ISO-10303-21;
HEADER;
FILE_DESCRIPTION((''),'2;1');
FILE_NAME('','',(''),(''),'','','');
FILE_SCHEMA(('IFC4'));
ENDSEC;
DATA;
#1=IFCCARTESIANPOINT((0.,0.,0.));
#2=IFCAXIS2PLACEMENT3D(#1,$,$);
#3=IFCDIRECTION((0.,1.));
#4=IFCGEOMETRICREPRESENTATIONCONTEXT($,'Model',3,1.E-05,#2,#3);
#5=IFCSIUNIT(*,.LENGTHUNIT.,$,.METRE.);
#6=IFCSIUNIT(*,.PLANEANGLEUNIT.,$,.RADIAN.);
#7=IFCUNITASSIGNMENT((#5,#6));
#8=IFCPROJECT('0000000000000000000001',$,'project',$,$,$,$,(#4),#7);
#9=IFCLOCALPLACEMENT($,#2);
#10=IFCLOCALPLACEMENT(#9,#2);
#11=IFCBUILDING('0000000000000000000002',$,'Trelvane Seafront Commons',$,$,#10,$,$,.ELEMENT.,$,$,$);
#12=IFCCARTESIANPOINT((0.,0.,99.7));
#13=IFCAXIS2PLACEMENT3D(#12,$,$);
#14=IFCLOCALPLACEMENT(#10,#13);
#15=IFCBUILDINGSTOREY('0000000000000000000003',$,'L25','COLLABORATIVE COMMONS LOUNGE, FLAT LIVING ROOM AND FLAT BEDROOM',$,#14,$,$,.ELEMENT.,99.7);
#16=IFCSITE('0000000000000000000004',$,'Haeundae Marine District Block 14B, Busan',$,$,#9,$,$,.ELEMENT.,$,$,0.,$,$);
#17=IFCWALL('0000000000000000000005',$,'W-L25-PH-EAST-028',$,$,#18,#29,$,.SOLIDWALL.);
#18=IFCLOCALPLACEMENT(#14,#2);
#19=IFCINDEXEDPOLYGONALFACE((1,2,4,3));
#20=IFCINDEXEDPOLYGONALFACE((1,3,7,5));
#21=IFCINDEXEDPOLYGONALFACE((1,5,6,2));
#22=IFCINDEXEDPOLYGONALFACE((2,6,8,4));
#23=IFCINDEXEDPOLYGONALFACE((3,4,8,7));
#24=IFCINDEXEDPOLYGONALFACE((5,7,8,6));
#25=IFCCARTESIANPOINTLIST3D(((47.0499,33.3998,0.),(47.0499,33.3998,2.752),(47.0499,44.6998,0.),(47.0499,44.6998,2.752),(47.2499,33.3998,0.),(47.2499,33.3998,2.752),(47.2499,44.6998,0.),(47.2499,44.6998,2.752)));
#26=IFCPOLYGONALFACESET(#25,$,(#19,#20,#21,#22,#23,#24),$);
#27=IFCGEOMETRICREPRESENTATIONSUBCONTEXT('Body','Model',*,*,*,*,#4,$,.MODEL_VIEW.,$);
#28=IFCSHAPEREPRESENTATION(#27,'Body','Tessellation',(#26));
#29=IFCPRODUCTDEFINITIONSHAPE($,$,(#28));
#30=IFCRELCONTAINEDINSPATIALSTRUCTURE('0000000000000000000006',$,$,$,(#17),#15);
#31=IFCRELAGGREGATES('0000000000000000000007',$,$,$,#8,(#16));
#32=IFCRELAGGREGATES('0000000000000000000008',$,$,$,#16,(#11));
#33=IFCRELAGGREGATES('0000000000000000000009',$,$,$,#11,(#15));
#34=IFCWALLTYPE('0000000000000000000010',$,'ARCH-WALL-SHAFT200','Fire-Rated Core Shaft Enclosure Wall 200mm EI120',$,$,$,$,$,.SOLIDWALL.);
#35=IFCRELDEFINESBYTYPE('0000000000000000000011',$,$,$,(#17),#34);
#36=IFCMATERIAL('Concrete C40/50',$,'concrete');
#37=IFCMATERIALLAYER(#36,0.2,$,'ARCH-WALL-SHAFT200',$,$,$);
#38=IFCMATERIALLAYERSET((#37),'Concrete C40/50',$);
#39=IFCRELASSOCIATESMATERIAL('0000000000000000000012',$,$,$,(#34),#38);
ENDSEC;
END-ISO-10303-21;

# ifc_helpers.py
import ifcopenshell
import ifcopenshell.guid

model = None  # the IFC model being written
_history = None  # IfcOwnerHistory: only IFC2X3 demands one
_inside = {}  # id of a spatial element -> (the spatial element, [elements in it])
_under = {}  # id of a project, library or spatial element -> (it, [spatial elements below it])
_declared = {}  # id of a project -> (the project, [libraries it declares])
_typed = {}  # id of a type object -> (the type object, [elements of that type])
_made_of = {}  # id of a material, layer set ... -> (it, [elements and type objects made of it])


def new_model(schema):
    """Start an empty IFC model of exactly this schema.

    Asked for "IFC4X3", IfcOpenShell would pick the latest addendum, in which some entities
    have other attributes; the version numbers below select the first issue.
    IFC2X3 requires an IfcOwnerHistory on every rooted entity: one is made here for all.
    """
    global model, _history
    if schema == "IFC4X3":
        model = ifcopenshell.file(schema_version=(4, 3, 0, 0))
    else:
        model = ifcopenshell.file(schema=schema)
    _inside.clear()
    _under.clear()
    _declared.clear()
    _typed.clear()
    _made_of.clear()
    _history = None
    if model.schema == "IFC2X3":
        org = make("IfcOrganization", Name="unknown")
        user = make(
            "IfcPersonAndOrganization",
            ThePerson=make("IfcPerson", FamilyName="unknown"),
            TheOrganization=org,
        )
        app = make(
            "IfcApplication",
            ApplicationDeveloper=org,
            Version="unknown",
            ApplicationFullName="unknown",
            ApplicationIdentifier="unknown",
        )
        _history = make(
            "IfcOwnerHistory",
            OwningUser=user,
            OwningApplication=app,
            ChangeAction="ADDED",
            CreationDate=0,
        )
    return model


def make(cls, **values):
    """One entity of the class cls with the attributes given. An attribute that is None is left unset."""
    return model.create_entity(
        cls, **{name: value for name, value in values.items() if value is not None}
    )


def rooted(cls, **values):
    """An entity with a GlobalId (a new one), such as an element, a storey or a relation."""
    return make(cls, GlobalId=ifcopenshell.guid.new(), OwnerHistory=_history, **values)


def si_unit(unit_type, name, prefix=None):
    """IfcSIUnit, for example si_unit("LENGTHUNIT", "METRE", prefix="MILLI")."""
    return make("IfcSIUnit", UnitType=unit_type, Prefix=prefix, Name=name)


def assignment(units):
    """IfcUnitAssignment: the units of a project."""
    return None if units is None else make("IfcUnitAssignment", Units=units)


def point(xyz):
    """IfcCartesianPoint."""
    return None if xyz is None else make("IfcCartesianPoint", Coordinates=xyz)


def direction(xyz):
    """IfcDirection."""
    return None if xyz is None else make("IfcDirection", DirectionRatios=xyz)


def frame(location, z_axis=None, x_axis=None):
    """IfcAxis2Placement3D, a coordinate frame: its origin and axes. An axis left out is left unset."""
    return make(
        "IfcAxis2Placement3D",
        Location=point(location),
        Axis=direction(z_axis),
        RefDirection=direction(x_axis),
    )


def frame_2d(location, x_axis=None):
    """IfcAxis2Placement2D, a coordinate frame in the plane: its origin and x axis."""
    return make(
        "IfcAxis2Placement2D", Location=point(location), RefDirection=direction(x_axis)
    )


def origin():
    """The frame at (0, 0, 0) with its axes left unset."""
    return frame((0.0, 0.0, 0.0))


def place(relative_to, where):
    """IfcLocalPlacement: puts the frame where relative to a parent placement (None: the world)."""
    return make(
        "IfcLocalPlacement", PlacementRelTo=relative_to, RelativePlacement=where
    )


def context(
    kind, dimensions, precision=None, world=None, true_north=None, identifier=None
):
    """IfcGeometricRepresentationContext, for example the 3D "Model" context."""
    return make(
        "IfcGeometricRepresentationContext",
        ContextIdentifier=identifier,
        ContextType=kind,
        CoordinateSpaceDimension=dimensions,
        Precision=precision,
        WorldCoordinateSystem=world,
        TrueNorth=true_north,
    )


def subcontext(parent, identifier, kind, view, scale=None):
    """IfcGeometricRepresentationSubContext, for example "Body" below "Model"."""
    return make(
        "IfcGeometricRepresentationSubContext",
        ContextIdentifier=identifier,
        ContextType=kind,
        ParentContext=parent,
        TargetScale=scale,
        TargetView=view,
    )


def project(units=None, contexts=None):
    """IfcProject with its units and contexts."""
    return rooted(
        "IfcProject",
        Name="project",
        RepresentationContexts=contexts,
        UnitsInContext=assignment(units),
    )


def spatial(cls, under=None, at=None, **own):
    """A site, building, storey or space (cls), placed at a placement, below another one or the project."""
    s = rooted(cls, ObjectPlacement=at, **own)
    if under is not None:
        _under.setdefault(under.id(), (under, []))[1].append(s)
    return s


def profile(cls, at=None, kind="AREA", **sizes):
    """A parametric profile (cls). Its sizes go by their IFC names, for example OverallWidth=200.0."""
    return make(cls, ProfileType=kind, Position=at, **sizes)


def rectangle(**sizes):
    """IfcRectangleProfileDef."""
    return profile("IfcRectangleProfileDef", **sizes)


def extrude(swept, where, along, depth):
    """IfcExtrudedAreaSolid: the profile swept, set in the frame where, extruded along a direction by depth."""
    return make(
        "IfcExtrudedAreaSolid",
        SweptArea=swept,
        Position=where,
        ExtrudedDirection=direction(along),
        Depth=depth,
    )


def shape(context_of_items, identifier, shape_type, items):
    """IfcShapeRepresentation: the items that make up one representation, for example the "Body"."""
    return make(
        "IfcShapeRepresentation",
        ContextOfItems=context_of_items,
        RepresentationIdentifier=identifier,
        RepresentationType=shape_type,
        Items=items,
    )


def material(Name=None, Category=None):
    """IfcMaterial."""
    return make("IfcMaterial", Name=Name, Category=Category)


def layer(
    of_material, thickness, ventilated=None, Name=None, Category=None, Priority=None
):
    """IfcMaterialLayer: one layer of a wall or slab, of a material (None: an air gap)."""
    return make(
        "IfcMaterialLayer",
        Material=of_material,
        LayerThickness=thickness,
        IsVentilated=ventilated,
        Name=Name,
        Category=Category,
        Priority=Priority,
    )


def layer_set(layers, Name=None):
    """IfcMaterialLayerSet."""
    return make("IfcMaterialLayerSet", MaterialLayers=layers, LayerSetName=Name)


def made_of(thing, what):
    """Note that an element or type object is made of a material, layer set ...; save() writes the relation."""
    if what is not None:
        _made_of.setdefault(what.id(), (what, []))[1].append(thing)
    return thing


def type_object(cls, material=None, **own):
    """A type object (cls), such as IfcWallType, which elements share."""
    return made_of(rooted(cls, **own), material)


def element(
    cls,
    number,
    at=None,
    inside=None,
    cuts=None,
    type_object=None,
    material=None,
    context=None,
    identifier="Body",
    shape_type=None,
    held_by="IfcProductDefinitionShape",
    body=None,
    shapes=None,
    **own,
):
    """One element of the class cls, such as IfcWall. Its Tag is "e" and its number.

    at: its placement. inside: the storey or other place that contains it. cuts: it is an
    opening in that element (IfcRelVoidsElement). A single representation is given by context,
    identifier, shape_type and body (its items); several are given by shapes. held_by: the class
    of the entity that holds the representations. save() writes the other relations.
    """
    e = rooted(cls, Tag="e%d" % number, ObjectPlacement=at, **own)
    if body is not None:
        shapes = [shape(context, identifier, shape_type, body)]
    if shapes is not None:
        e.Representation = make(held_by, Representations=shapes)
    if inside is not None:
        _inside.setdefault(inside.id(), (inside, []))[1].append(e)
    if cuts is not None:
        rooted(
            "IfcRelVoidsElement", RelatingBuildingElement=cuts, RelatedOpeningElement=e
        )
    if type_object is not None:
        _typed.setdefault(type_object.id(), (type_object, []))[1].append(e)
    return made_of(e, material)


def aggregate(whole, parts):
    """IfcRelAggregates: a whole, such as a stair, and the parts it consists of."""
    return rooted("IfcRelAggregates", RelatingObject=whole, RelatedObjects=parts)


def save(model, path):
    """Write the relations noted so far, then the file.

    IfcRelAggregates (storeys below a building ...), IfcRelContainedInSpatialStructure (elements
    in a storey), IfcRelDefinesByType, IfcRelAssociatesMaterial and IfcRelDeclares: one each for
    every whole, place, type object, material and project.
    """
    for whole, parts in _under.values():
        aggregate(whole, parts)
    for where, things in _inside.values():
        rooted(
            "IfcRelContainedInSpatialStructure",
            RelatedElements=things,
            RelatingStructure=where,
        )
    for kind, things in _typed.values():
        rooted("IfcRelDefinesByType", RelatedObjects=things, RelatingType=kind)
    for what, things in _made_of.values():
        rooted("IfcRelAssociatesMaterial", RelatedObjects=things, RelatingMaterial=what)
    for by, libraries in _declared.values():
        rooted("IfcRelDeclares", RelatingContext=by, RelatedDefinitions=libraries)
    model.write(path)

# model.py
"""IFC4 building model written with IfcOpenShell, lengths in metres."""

from ifc_helpers import new_model, si_unit, direction, frame, frame_2d, origin, place, context, subcontext, project, spatial, rectangle, extrude, material, layer, layer_set, type_object, element, save


model = new_model("IFC4")

# Units and contexts
model_context = context("Model", 3, precision=1e-05, world=origin(), true_north=direction((0.0, 1.0)))
body_context = subcontext(model_context, "Body", "Model", "MODEL_VIEW")
ifc_project = project(units=[si_unit("LENGTHUNIT", "METRE"), si_unit("PLANEANGLEUNIT", "RADIAN")], contexts=[model_context])

# Site, building, storey
site_placement = place(None, origin())
site = spatial("IfcSite", under=ifc_project, at=site_placement, Name="Haeundae Marine District Block 14B, Busan", CompositionType="ELEMENT", RefElevation=0.0)
building_placement = place(site_placement, origin())
building = spatial("IfcBuilding", under=site, at=building_placement, Name="Trelvane Seafront Commons", CompositionType="ELEMENT")
storey_placement = place(building_placement, frame((0.0, 0.0, 99.7)))
storey = spatial("IfcBuildingStorey", under=building, at=storey_placement, Name="L25", Description="COLLABORATIVE COMMONS LOUNGE, FLAT LIVING ROOM AND FLAT BEDROOM", CompositionType="ELEMENT", Elevation=99.7)

# Shared definitions
ifc_material_1 = material(Name="Concrete C40/50", Category="concrete")

# Wall
ifc_layer_1 = layer(ifc_material_1, 0.2, Name="ARCH-WALL-SHAFT200")
ifc_layer_set_1 = layer_set([ifc_layer_1], Name="Concrete C40/50")
wall_type_1 = type_object("IfcWallType", Name="ARCH-WALL-SHAFT200", Description="Fire-Rated Core Shaft Enclosure Wall 200mm EI120", PredefinedType="SOLIDWALL", material=ifc_layer_set_1)
wall_1_placement = place(storey_placement, frame((47.1499, 33.3999, 0.0), z_axis=(0.0, 0.0, 1.0), x_axis=(0.0, 1.0, 0.0)))
element("IfcWall", 1, at=wall_1_placement, inside=storey, type_object=wall_type_1, Name="W-L25-PH-EAST-028", PredefinedType="SOLIDWALL", context=body_context, shape_type="SweptSolid", body=[
    extrude(rectangle(XDim=11.3, YDim=0.2, at=frame_2d((5.6499, 0.0))), origin(), (0.0, 0.0, 1.0), 2.752),
])

save(model, "model.ifc")
